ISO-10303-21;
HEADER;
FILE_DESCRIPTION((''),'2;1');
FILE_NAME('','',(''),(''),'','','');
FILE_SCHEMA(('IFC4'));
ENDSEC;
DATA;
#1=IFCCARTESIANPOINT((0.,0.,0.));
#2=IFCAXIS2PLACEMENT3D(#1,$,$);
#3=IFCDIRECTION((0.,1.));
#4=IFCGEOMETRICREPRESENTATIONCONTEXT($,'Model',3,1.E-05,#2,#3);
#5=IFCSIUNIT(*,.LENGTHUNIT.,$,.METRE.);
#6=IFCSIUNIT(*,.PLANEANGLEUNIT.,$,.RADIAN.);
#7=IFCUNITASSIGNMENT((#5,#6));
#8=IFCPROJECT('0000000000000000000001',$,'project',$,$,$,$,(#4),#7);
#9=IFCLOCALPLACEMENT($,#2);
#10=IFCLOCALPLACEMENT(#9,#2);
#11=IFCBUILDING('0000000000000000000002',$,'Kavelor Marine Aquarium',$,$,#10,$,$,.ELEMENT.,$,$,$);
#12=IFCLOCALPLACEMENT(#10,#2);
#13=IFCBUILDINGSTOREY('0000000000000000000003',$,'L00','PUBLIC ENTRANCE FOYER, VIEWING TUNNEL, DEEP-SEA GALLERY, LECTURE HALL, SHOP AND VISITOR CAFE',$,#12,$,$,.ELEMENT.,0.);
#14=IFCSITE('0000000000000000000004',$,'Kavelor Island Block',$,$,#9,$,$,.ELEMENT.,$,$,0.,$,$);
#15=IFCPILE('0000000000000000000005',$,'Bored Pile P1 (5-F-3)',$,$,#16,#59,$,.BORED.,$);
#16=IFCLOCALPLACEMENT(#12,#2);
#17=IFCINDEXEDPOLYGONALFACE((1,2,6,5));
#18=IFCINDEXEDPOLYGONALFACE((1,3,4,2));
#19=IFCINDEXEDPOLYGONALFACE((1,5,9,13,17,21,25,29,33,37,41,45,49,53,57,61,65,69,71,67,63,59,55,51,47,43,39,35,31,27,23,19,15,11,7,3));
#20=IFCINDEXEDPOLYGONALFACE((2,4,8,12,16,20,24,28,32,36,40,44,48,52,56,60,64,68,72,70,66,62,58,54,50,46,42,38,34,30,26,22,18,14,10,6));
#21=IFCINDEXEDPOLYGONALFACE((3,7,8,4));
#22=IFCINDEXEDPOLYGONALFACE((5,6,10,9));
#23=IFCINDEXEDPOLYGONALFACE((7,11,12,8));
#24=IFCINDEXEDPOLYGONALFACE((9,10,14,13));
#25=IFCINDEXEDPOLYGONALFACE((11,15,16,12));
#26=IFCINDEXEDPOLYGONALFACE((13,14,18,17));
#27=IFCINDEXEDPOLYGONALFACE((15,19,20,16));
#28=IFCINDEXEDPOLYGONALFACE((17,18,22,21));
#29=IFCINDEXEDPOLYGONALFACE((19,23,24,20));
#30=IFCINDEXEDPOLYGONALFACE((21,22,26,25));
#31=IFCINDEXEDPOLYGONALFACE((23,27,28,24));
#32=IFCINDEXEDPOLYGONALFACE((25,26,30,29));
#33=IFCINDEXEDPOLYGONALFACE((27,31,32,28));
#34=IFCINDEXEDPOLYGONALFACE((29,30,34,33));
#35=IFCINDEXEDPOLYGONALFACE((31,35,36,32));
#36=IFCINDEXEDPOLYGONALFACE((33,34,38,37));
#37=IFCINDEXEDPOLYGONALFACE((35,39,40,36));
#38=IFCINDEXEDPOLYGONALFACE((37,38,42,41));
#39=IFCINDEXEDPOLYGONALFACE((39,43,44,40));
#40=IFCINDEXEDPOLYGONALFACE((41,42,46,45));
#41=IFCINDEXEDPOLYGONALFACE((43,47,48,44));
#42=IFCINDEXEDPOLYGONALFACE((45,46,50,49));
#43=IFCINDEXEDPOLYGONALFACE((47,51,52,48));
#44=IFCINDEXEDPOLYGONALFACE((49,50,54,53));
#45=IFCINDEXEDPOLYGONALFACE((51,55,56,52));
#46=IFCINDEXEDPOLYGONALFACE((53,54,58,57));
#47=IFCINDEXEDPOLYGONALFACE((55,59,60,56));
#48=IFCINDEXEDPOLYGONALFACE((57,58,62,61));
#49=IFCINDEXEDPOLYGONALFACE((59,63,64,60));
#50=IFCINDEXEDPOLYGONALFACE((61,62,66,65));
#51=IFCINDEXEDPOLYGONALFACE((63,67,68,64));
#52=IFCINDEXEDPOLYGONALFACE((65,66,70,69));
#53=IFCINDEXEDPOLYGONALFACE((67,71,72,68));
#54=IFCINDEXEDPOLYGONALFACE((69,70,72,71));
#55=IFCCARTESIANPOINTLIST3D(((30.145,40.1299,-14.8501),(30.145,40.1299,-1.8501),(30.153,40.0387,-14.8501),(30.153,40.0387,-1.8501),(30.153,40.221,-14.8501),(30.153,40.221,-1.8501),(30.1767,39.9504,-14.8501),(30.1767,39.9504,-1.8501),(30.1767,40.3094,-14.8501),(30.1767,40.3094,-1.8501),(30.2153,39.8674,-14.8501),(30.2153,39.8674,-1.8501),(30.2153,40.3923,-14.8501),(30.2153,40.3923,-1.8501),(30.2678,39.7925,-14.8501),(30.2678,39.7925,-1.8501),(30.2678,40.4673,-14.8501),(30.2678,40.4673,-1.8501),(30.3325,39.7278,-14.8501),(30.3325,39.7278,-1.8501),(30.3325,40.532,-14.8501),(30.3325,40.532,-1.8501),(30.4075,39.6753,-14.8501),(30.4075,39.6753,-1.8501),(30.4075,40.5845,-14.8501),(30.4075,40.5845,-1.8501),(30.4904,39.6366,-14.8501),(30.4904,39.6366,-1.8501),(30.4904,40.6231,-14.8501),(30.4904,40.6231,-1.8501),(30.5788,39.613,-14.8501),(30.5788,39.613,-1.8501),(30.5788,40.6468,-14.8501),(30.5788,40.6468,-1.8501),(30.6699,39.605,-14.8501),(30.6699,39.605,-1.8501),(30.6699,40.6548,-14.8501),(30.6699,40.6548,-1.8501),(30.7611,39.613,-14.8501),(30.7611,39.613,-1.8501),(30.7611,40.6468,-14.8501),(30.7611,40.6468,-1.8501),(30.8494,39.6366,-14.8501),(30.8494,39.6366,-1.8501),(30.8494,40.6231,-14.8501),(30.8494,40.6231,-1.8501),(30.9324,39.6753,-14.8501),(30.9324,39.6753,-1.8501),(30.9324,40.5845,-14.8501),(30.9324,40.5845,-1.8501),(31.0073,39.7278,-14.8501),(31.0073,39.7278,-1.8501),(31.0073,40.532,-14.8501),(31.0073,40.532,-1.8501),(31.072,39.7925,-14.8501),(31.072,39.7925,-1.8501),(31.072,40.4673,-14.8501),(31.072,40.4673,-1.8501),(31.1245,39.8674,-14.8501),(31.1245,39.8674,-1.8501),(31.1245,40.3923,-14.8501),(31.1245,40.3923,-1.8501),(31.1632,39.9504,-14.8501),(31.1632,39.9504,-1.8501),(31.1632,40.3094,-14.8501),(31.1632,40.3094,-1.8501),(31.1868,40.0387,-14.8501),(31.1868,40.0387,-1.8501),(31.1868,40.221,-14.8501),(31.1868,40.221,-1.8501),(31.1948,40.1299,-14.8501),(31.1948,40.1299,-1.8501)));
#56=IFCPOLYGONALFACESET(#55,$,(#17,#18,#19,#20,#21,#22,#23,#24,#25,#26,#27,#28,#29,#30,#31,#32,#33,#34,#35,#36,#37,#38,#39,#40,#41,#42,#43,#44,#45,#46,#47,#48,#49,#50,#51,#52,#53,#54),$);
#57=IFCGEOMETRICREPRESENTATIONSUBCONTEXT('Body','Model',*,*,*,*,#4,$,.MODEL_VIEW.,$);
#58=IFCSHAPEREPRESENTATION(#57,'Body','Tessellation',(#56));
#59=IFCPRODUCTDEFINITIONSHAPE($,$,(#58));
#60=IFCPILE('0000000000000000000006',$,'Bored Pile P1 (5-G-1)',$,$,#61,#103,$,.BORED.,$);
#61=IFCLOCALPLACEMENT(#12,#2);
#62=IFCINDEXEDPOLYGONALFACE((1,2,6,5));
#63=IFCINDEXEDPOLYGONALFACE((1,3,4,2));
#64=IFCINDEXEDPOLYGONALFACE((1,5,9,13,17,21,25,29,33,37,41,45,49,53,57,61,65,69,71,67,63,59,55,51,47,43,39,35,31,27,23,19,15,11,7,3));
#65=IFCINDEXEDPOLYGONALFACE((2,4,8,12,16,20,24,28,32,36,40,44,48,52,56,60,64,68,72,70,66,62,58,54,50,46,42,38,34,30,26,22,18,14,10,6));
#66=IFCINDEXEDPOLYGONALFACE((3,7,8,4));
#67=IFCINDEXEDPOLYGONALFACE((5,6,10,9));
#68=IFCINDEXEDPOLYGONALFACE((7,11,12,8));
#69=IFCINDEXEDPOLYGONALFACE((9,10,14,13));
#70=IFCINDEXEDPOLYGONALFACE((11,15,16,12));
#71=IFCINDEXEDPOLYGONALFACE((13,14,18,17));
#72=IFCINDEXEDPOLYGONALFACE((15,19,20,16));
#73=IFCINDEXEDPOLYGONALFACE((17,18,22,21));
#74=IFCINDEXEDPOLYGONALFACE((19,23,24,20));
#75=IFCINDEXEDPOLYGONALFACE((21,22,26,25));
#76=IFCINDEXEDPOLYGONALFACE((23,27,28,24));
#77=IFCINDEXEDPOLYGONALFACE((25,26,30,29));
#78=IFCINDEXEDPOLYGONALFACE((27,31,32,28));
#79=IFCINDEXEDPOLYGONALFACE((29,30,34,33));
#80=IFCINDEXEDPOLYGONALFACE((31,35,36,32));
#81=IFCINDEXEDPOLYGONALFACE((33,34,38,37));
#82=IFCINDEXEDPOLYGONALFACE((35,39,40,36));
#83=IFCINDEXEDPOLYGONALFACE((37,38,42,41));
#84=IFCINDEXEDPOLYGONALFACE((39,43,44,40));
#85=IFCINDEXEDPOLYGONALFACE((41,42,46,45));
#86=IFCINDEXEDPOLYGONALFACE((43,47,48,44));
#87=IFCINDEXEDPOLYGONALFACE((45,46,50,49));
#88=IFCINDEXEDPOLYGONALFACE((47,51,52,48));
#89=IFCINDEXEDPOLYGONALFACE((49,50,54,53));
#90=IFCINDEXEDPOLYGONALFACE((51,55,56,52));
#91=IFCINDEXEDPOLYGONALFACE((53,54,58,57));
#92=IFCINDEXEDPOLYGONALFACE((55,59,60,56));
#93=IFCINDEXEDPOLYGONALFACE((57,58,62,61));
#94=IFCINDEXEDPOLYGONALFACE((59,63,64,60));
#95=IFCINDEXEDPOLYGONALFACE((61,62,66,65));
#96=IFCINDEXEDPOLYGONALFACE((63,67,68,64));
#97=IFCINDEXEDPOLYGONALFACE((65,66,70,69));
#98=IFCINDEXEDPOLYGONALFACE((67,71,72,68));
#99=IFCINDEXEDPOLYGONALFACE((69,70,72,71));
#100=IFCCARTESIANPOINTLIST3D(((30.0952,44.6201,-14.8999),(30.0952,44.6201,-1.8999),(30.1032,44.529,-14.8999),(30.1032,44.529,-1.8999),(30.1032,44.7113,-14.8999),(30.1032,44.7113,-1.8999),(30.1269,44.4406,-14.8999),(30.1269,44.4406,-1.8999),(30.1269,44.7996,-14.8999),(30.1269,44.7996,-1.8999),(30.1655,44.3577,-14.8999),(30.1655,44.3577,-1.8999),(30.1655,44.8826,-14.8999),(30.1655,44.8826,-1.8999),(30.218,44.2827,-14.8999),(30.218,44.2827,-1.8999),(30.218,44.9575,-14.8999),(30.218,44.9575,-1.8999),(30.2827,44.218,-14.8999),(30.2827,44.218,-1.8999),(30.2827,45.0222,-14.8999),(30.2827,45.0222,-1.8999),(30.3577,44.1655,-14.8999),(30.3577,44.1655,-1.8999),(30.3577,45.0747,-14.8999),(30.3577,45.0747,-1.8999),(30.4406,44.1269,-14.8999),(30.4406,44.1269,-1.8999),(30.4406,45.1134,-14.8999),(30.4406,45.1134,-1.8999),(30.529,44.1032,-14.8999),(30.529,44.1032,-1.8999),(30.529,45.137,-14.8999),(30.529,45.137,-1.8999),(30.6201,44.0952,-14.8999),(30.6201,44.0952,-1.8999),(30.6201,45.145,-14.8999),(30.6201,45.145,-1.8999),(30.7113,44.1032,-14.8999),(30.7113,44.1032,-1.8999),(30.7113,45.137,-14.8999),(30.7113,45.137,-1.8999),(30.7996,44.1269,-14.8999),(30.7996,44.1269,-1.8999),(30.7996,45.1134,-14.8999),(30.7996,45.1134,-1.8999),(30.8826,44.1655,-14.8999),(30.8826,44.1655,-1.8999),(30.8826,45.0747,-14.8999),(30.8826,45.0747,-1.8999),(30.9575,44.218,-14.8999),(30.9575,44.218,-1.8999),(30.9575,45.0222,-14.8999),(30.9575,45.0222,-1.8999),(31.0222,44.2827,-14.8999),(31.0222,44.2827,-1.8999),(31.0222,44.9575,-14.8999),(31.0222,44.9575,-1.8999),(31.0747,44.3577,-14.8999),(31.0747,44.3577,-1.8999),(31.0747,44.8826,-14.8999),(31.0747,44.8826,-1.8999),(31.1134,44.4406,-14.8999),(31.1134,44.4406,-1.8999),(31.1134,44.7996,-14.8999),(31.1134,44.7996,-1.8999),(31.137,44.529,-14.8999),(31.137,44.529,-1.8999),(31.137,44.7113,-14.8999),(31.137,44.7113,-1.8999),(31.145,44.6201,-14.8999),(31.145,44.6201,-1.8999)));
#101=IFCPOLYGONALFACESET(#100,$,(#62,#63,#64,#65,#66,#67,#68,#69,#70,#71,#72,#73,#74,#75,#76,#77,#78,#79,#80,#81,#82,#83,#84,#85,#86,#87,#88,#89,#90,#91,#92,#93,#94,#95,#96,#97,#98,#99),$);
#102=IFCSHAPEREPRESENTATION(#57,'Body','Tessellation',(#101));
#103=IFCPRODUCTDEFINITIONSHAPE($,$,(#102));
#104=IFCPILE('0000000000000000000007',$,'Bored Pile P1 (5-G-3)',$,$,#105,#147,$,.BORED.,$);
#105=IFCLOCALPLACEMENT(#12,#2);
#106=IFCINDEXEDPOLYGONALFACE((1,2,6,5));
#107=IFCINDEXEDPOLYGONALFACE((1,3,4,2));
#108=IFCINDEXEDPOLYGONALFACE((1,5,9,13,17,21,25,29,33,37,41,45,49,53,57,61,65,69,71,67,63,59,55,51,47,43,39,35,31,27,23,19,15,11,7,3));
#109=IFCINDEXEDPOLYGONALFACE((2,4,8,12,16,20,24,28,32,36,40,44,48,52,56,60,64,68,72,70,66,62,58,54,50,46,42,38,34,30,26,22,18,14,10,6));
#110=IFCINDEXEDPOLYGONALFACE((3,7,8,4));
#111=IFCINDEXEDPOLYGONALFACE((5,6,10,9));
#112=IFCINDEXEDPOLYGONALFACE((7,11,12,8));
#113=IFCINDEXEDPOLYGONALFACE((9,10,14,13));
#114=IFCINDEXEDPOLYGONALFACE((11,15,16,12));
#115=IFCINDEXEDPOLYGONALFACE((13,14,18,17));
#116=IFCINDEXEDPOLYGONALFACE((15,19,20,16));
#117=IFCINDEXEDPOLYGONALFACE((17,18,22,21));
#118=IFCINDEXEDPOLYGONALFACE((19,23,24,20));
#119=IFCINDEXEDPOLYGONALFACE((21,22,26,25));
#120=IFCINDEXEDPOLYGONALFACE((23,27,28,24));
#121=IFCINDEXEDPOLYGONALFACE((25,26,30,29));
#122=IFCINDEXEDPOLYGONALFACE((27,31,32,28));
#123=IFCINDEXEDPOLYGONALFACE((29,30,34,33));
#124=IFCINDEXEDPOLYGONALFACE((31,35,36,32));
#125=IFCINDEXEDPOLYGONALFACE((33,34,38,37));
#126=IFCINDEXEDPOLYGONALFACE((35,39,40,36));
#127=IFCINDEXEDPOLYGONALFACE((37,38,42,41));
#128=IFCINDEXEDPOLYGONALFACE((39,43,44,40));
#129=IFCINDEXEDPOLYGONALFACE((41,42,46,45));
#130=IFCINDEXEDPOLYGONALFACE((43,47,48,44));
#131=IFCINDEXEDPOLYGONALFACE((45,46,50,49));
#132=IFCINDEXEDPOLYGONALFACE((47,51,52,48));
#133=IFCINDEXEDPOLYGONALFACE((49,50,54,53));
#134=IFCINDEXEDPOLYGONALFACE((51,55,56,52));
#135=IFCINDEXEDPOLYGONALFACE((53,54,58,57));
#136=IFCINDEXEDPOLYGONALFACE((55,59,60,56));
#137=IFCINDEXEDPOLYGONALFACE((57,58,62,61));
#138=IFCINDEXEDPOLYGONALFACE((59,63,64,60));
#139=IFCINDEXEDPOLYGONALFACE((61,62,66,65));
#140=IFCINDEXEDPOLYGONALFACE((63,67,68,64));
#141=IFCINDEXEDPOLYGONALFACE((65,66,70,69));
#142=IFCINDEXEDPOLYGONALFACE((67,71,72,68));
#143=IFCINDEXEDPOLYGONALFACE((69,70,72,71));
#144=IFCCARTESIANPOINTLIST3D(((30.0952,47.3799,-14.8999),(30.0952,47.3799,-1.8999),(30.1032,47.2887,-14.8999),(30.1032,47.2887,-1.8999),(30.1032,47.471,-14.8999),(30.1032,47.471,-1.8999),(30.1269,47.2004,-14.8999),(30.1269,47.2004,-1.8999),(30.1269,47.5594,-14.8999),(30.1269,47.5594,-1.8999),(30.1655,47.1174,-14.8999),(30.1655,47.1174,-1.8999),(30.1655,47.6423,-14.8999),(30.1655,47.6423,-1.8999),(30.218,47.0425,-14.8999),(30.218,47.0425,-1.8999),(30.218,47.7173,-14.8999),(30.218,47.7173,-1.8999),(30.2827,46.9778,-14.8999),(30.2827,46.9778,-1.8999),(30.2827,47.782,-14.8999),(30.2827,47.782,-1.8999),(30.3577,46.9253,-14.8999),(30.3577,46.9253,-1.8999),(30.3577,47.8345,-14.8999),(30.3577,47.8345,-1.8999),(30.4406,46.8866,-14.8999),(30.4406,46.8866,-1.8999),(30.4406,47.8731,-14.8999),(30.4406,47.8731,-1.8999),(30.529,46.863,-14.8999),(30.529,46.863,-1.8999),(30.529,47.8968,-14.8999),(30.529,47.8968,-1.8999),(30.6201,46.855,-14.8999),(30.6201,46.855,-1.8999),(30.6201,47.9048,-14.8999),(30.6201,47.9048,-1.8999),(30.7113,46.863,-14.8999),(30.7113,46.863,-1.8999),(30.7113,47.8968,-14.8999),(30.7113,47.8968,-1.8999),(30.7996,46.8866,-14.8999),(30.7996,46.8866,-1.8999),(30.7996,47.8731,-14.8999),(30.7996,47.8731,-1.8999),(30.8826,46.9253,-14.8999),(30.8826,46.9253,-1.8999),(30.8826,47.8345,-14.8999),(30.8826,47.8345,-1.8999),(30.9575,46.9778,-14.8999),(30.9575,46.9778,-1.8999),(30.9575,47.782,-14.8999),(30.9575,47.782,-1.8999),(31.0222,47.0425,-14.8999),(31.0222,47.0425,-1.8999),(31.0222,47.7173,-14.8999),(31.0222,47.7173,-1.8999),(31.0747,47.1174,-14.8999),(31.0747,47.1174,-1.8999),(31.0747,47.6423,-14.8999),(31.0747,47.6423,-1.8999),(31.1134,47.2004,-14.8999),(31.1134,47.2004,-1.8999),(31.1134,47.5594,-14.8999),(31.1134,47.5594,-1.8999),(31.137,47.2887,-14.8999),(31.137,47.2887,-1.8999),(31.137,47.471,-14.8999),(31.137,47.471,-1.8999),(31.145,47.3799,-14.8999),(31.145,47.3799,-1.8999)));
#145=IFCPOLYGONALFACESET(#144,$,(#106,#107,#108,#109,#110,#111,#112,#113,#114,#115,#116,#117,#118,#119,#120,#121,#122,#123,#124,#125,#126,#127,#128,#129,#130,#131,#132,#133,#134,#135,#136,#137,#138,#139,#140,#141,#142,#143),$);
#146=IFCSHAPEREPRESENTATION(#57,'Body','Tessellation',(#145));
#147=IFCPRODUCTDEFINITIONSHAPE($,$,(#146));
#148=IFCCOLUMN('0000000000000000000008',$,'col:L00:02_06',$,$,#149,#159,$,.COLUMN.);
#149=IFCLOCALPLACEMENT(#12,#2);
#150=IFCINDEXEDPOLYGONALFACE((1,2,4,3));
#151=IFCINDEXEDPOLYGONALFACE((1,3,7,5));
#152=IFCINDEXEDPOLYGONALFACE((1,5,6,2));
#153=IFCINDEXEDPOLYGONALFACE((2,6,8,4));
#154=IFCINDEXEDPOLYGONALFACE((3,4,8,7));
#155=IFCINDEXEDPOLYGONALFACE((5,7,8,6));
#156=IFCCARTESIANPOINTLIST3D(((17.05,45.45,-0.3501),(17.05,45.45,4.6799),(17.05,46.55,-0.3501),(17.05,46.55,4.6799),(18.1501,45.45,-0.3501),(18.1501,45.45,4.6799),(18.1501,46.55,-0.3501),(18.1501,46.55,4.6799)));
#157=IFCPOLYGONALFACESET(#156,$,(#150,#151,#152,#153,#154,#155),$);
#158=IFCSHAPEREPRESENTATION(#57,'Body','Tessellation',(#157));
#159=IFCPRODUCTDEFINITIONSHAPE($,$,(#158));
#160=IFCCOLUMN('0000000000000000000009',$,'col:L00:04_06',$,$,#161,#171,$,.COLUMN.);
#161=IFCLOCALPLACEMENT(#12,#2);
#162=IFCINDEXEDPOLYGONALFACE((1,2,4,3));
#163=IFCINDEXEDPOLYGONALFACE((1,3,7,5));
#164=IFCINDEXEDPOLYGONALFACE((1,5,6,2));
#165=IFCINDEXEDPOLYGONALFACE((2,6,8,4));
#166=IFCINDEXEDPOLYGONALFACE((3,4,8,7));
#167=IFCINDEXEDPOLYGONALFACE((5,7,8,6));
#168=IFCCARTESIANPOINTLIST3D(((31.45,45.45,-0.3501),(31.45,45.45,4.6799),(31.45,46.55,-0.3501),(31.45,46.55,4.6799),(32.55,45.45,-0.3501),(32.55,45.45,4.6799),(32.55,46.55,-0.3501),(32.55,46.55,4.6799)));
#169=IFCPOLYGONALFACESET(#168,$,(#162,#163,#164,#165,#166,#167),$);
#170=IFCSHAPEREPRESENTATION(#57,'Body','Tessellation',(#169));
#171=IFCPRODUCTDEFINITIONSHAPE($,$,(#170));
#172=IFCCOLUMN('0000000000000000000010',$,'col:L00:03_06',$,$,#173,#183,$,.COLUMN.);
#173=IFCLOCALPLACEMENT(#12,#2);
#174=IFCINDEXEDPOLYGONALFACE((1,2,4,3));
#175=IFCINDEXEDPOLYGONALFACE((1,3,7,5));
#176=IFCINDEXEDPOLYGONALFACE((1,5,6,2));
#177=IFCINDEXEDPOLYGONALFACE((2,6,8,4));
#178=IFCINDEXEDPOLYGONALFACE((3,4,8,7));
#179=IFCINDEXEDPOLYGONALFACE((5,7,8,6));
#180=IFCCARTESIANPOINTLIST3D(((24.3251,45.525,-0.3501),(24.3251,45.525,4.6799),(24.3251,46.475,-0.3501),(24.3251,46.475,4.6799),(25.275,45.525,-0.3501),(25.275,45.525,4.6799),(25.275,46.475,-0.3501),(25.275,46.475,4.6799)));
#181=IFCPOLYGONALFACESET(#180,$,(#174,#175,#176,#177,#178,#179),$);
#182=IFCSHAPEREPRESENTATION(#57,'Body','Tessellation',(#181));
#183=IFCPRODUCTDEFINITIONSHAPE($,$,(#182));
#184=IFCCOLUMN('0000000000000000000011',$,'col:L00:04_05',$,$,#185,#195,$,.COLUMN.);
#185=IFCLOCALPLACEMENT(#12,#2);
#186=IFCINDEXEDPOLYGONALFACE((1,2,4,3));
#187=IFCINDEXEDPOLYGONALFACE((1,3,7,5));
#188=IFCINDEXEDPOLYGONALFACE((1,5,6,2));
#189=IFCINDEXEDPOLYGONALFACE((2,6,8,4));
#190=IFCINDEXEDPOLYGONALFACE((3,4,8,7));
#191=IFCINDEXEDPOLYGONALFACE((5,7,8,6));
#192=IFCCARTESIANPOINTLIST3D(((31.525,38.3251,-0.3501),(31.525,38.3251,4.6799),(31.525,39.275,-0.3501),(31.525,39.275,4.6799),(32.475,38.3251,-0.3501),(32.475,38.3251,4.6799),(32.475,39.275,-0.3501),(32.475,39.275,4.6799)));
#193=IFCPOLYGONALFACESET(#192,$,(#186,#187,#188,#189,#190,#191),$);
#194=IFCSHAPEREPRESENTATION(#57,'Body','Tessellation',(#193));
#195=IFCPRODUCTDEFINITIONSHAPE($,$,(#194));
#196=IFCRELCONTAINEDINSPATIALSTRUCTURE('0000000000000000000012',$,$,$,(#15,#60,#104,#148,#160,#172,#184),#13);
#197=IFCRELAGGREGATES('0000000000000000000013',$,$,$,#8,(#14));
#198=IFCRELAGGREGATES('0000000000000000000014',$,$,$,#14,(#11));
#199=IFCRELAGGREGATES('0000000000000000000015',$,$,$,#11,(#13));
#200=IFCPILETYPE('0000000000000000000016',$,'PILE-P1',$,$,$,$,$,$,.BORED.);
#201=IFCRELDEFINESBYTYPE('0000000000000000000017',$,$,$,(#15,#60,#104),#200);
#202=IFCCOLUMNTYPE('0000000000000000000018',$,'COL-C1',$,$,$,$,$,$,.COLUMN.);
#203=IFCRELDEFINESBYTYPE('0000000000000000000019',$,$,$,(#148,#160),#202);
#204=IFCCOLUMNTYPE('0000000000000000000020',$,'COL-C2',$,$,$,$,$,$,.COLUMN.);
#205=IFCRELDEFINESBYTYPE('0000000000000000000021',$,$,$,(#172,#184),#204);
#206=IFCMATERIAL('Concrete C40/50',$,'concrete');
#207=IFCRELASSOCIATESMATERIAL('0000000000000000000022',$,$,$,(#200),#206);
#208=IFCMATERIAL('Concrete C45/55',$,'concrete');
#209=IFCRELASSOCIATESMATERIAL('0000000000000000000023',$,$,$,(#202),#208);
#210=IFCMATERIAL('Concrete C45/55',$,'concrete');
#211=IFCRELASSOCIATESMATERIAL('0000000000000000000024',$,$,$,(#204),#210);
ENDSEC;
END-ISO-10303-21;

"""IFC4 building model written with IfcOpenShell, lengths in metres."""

from ifc_helpers import new_model, si_unit, direction, frame, origin, origin_2d, place, context, subcontext, project, spatial, rectangle, circle, extrude, material, material_profile, profile_set, type_object, element, save


model = new_model("IFC4")

# Units and contexts
model_context = context("Model", 3, precision=1e-05, world=origin(), true_north=direction((0.0, 1.0)))
body_context = subcontext(model_context, "Body", "Model", "MODEL_VIEW")
ifc_project = project(units=[si_unit("LENGTHUNIT", "METRE"), si_unit("PLANEANGLEUNIT", "RADIAN")], contexts=[model_context])

# Site, building, storey
site_placement = place(None, origin())
site = spatial("IfcSite", under=ifc_project, at=site_placement, Name="Kavelor Island Block", CompositionType="ELEMENT", RefElevation=0.0)
building_placement = place(site_placement, origin())
building = spatial("IfcBuilding", under=site, at=building_placement, Name="Kavelor Marine Aquarium", CompositionType="ELEMENT")
storey_placement = place(building_placement, origin())
storey = spatial("IfcBuildingStorey", under=building, at=storey_placement, Name="L00", Description="PUBLIC ENTRANCE FOYER, VIEWING TUNNEL, DEEP-SEA GALLERY, LECTURE HALL, SHOP AND VISITOR CAFE", CompositionType="ELEMENT", Elevation=0.0)

# Piles
ifc_material_1 = material(Name="Concrete C40/50", Category="concrete")
ifc_material_profile_1 = material_profile(ifc_material_1, circle(Radius=0.5249, at=origin_2d()), Name="PILE D1050")
ifc_profile_set_1 = profile_set([ifc_material_profile_1], Name="Concrete C40/50")
pile_type = type_object("IfcPileType", Name="PILE-P1", PredefinedType="BORED", material=ifc_profile_set_1)
for number, where, z_axis, x_axis, name in (
    (1, (30.6699, 40.1299, -1.8501), (0.0, 0.0, -1.0), (1.0, 0.0, 0.0), "Bored Pile P1 (5-F-3)"),
    (2, (30.6201, 44.6201, -1.8999), (0.0, 0.0, -1.0), (1.0, 0.0, 0.0), "Bored Pile P1 (5-G-1)"),
    (3, (30.6201, 47.3799, -1.8999), (0.0, 0.0, -1.0), (1.0, 0.0, 0.0), "Bored Pile P1 (5-G-3)"),
):
    element("IfcPile", number, at=place(storey_placement, frame(where, z_axis=z_axis, x_axis=x_axis)), inside=storey, type_object=pile_type, Name=name, PredefinedType="BORED", context=body_context, shape_type="SweptSolid", body=[
        extrude(circle(Radius=0.5249, at=origin_2d()), origin(), (0.0, 0.0, 1.0), 13.0),
    ])

# Columns
ifc_material_2 = material(Name="Concrete C45/55", Category="concrete")
ifc_material_profile_2 = material_profile(ifc_material_2, rectangle(XDim=1.1001, YDim=1.1001, at=origin_2d()), Name="RC-COL 1100x1100")
ifc_profile_set_2 = profile_set([ifc_material_profile_2], Name="Concrete C45/55")
column_type_1 = type_object("IfcColumnType", Name="COL-C1", PredefinedType="COLUMN", material=ifc_profile_set_2)
for number, where, z_axis, x_axis, name in (
    (4, (17.6001, 46.0, -0.3501), (0.0, 0.0, 1.0), (1.0, 0.0, 0.0), "col:L00:02_06"),
    (5, (32.0, 46.0, -0.3501), (0.0, 0.0, 1.0), (1.0, 0.0, 0.0), "col:L00:04_06"),
):
    element("IfcColumn", number, at=place(storey_placement, frame(where, z_axis=z_axis, x_axis=x_axis)), inside=storey, type_object=column_type_1, Name=name, PredefinedType="COLUMN", context=body_context, shape_type="SweptSolid", body=[
        extrude(rectangle(XDim=1.1001, YDim=1.1001, at=origin_2d()), origin(), (0.0, 0.0, 1.0), 5.03),
    ])
ifc_material_3 = material(Name="Concrete C45/55", Category="concrete")
ifc_material_profile_3 = material_profile(ifc_material_3, rectangle(XDim=0.95, YDim=0.95, at=origin_2d()), Name="RC-COL 950x950")
ifc_profile_set_3 = profile_set([ifc_material_profile_3], Name="Concrete C45/55")
column_type_2 = type_object("IfcColumnType", Name="COL-C2", PredefinedType="COLUMN", material=ifc_profile_set_3)
for number, where, z_axis, x_axis, name in (
    (6, (24.8, 46.0, -0.3501), (0.0, 0.0, 1.0), (1.0, 0.0, 0.0), "col:L00:03_06"),
    (7, (32.0, 38.8, -0.3501), (0.0, 0.0, 1.0), (1.0, 0.0, 0.0), "col:L00:04_05"),
):
    element("IfcColumn", number, at=place(storey_placement, frame(where, z_axis=z_axis, x_axis=x_axis)), inside=storey, type_object=column_type_2, Name=name, PredefinedType="COLUMN", context=body_context, shape_type="SweptSolid", body=[
        extrude(rectangle(XDim=0.95, YDim=0.95, at=origin_2d()), origin(), (0.0, 0.0, 1.0), 5.03),
    ])

save(model, "model.ifc")
